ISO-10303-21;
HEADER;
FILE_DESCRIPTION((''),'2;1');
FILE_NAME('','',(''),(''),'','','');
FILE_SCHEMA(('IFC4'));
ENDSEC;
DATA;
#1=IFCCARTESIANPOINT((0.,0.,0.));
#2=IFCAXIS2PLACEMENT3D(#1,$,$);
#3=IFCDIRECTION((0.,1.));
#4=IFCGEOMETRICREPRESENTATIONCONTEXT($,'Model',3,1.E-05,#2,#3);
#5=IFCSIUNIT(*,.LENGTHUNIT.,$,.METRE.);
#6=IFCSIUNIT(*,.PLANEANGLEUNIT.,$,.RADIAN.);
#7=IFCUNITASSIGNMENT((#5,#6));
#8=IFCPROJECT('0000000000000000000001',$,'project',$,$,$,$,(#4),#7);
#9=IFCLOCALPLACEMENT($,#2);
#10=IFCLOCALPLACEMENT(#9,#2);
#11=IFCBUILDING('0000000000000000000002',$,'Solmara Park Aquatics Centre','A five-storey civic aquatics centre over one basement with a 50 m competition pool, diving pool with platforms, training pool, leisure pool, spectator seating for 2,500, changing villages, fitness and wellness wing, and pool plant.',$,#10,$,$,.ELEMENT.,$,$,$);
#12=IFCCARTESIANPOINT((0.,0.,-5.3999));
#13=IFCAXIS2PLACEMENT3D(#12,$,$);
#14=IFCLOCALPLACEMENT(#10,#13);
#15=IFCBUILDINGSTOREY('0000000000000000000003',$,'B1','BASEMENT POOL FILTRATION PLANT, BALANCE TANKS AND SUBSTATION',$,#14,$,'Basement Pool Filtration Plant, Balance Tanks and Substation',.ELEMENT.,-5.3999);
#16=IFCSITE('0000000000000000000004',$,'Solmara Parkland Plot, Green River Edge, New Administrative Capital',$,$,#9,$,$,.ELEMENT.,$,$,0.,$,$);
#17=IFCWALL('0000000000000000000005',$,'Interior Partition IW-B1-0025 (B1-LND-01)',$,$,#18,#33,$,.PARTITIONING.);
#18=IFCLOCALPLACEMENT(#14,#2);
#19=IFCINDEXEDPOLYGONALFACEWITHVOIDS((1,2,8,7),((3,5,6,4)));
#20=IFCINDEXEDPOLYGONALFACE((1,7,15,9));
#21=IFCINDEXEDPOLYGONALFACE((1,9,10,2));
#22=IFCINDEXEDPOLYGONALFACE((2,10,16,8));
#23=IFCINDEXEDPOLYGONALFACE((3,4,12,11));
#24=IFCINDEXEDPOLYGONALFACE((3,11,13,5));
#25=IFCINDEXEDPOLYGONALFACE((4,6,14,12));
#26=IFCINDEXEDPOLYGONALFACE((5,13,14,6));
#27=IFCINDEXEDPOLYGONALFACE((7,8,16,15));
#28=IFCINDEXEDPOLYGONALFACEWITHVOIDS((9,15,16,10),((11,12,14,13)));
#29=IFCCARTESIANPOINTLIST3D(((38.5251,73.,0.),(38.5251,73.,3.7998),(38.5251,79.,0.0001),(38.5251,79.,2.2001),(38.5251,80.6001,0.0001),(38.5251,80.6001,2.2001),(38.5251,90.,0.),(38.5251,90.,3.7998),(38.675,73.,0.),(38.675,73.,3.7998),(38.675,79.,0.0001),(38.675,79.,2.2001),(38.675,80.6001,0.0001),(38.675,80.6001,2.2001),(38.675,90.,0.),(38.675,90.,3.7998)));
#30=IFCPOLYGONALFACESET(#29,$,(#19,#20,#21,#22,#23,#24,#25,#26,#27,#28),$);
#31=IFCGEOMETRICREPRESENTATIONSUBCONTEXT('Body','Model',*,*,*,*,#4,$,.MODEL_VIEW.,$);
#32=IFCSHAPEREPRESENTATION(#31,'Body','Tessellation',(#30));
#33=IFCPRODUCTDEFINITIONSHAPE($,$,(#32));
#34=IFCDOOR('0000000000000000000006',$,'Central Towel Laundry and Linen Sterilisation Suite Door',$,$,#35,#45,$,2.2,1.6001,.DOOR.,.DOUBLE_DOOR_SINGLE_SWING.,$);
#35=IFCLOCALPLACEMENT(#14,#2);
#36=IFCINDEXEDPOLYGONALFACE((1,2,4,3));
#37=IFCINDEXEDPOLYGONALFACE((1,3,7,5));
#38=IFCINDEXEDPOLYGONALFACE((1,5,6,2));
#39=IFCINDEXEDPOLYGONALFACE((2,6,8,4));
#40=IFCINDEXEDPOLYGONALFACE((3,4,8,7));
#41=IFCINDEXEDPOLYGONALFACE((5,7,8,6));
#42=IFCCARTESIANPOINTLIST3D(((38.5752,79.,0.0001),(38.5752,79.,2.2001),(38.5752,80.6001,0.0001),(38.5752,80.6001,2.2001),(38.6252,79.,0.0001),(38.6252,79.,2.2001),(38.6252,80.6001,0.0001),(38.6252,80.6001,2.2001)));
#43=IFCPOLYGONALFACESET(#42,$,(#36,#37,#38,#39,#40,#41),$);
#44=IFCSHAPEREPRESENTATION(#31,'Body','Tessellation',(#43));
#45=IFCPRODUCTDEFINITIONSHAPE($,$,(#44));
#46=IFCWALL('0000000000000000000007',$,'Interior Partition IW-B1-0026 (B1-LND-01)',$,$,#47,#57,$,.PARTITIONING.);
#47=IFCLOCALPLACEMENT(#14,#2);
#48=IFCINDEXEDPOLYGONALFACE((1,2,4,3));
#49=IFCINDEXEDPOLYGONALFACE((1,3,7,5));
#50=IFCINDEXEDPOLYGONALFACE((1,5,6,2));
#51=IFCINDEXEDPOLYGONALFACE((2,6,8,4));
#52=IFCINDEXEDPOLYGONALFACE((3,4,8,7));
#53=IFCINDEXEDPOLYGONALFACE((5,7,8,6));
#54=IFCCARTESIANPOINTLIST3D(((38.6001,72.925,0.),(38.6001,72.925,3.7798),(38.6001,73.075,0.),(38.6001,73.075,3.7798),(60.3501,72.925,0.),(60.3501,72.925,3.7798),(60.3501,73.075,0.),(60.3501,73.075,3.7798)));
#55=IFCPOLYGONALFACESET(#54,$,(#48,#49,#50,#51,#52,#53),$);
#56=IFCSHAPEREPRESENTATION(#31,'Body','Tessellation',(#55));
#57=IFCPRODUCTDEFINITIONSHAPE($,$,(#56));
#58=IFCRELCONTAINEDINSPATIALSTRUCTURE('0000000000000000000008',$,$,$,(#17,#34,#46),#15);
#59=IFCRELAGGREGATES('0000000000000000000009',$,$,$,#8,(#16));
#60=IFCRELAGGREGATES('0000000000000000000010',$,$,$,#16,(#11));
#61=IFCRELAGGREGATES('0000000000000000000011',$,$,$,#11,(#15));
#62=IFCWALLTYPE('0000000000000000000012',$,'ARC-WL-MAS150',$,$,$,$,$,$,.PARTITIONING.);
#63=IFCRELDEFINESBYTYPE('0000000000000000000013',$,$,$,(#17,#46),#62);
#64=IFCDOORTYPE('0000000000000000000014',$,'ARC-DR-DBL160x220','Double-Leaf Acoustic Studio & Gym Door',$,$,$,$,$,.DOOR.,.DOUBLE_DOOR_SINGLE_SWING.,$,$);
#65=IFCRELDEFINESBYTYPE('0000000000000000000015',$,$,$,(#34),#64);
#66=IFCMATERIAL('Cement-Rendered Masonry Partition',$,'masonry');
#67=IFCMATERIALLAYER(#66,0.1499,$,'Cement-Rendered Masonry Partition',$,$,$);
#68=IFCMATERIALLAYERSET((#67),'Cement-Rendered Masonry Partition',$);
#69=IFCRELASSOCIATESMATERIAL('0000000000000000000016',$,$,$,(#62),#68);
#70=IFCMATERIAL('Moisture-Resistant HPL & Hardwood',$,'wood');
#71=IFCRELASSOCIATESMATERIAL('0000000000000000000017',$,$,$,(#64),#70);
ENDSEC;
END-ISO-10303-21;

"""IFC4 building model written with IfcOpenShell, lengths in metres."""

from ifc_helpers import new_model, si_unit, direction, frame, frame_2d, origin, place, context, subcontext, project, spatial, rectangle, extrude, material, layer, layer_set, type_object, element, fill, save


model = new_model("IFC4")

# Units and contexts
model_context = context("Model", 3, precision=1e-05, world=origin(), true_north=direction((0.0, 1.0)))
body_context = subcontext(model_context, "Body", "Model", "MODEL_VIEW")
ifc_project = project(units=[si_unit("LENGTHUNIT", "METRE"), si_unit("PLANEANGLEUNIT", "RADIAN")], contexts=[model_context])

# Site, building, storey
site_placement = place(None, origin())
site = spatial("IfcSite", under=ifc_project, at=site_placement, Name="Solmara Parkland Plot, Green River Edge, New Administrative Capital", CompositionType="ELEMENT", RefElevation=0.0)
building_placement = place(site_placement, origin())
building = spatial("IfcBuilding", under=site, at=building_placement, Name="Solmara Park Aquatics Centre", Description="A five-storey civic aquatics centre over one basement with a 50 m competition pool, diving pool with platforms, training pool, leisure pool, spectator seating for 2,500, changing villages, fitness and wellness wing, and pool plant.", CompositionType="ELEMENT")
storey_placement = place(building_placement, frame((0.0, 0.0, -5.3999)))
storey = spatial("IfcBuildingStorey", under=building, at=storey_placement, Name="B1", Description="BASEMENT POOL FILTRATION PLANT, BALANCE TANKS AND SUBSTATION", LongName="Basement Pool Filtration Plant, Balance Tanks and Substation", CompositionType="ELEMENT", Elevation=-5.3999)

# Wall, opening, door
ifc_material_1 = material(Name="Cement-Rendered Masonry Partition", Category="masonry")
ifc_layer = layer(ifc_material_1, 0.1499, Name="Cement-Rendered Masonry Partition")
ifc_layer_set = layer_set([ifc_layer], Name="Cement-Rendered Masonry Partition")
wall_type = type_object("IfcWallType", Name="ARC-WL-MAS150", PredefinedType="PARTITIONING", material=ifc_layer_set)
wall_1_placement = place(storey_placement, frame((38.6001, 73.0, 0.0), z_axis=(0.0, 0.0, 1.0), x_axis=(0.0, 1.0, 0.0)))
wall_1 = element("IfcWall", 1, at=wall_1_placement, inside=storey, type_object=wall_type, Name="Interior Partition IW-B1-0025 (B1-LND-01)", PredefinedType="PARTITIONING", context=body_context, shape_type="SweptSolid", body=[
    extrude(rectangle(XDim=17.0, YDim=0.1499, at=frame_2d((8.5, 0.0))), origin(), (0.0, 0.0, 1.0), 3.7998),
])
opening_placement = place(wall_1_placement, frame((6.0, 0.0, 0.0)))
opening = element("IfcOpeningElement", 2, at=opening_placement, cuts=wall_1, PredefinedType="OPENING", context=body_context, shape_type="SweptSolid", body=[
    extrude(rectangle(XDim=1.6001, YDim=2.2, at=frame_2d((0.8, 1.1001))), frame((0.0, 0.085, 0.0), z_axis=(0.0, -1.0, 0.0), x_axis=(1.0, 0.0, 0.0)), (0.0, 0.0, 1.0), 0.1699),
])
ifc_material_2 = material(Name="Moisture-Resistant HPL & Hardwood", Category="wood")
door_type = type_object("IfcDoorType", Name="ARC-DR-DBL160x220", Description="Double-Leaf Acoustic Studio & Gym Door", OperationType="DOUBLE_DOOR_SINGLE_SWING", PredefinedType="DOOR", material=ifc_material_2)
door_placement = place(opening_placement, origin())
door = element("IfcDoor", 3, at=door_placement, inside=storey, type_object=door_type, Name="Central Towel Laundry and Linen Sterilisation Suite Door", OperationType="DOUBLE_DOOR_SINGLE_SWING", OverallHeight=2.2, OverallWidth=1.6001, PredefinedType="DOOR", context=body_context, shape_type="SweptSolid", body=[
    extrude(rectangle(XDim=1.6001, YDim=2.2, at=frame_2d((0.8, 1.1001))), frame((0.0, 0.0249, 0.0), z_axis=(0.0, -1.0, 0.0), x_axis=(1.0, 0.0, 0.0)), (0.0, 0.0, 1.0), 0.05),
])
fill(opening, door)

# Wall
wall_2_placement = place(storey_placement, frame((38.6001, 73.0, 0.0), z_axis=(0.0, 0.0, 1.0), x_axis=(1.0, 0.0, 0.0)))
element("IfcWall", 4, at=wall_2_placement, inside=storey, type_object=wall_type, Name="Interior Partition IW-B1-0026 (B1-LND-01)", PredefinedType="PARTITIONING", context=body_context, shape_type="SweptSolid", body=[
    extrude(rectangle(XDim=21.75, YDim=0.1499, at=frame_2d((10.875, 0.0))), origin(), (0.0, 0.0, 1.0), 3.7798),
])

save(model, "model.ifc")
